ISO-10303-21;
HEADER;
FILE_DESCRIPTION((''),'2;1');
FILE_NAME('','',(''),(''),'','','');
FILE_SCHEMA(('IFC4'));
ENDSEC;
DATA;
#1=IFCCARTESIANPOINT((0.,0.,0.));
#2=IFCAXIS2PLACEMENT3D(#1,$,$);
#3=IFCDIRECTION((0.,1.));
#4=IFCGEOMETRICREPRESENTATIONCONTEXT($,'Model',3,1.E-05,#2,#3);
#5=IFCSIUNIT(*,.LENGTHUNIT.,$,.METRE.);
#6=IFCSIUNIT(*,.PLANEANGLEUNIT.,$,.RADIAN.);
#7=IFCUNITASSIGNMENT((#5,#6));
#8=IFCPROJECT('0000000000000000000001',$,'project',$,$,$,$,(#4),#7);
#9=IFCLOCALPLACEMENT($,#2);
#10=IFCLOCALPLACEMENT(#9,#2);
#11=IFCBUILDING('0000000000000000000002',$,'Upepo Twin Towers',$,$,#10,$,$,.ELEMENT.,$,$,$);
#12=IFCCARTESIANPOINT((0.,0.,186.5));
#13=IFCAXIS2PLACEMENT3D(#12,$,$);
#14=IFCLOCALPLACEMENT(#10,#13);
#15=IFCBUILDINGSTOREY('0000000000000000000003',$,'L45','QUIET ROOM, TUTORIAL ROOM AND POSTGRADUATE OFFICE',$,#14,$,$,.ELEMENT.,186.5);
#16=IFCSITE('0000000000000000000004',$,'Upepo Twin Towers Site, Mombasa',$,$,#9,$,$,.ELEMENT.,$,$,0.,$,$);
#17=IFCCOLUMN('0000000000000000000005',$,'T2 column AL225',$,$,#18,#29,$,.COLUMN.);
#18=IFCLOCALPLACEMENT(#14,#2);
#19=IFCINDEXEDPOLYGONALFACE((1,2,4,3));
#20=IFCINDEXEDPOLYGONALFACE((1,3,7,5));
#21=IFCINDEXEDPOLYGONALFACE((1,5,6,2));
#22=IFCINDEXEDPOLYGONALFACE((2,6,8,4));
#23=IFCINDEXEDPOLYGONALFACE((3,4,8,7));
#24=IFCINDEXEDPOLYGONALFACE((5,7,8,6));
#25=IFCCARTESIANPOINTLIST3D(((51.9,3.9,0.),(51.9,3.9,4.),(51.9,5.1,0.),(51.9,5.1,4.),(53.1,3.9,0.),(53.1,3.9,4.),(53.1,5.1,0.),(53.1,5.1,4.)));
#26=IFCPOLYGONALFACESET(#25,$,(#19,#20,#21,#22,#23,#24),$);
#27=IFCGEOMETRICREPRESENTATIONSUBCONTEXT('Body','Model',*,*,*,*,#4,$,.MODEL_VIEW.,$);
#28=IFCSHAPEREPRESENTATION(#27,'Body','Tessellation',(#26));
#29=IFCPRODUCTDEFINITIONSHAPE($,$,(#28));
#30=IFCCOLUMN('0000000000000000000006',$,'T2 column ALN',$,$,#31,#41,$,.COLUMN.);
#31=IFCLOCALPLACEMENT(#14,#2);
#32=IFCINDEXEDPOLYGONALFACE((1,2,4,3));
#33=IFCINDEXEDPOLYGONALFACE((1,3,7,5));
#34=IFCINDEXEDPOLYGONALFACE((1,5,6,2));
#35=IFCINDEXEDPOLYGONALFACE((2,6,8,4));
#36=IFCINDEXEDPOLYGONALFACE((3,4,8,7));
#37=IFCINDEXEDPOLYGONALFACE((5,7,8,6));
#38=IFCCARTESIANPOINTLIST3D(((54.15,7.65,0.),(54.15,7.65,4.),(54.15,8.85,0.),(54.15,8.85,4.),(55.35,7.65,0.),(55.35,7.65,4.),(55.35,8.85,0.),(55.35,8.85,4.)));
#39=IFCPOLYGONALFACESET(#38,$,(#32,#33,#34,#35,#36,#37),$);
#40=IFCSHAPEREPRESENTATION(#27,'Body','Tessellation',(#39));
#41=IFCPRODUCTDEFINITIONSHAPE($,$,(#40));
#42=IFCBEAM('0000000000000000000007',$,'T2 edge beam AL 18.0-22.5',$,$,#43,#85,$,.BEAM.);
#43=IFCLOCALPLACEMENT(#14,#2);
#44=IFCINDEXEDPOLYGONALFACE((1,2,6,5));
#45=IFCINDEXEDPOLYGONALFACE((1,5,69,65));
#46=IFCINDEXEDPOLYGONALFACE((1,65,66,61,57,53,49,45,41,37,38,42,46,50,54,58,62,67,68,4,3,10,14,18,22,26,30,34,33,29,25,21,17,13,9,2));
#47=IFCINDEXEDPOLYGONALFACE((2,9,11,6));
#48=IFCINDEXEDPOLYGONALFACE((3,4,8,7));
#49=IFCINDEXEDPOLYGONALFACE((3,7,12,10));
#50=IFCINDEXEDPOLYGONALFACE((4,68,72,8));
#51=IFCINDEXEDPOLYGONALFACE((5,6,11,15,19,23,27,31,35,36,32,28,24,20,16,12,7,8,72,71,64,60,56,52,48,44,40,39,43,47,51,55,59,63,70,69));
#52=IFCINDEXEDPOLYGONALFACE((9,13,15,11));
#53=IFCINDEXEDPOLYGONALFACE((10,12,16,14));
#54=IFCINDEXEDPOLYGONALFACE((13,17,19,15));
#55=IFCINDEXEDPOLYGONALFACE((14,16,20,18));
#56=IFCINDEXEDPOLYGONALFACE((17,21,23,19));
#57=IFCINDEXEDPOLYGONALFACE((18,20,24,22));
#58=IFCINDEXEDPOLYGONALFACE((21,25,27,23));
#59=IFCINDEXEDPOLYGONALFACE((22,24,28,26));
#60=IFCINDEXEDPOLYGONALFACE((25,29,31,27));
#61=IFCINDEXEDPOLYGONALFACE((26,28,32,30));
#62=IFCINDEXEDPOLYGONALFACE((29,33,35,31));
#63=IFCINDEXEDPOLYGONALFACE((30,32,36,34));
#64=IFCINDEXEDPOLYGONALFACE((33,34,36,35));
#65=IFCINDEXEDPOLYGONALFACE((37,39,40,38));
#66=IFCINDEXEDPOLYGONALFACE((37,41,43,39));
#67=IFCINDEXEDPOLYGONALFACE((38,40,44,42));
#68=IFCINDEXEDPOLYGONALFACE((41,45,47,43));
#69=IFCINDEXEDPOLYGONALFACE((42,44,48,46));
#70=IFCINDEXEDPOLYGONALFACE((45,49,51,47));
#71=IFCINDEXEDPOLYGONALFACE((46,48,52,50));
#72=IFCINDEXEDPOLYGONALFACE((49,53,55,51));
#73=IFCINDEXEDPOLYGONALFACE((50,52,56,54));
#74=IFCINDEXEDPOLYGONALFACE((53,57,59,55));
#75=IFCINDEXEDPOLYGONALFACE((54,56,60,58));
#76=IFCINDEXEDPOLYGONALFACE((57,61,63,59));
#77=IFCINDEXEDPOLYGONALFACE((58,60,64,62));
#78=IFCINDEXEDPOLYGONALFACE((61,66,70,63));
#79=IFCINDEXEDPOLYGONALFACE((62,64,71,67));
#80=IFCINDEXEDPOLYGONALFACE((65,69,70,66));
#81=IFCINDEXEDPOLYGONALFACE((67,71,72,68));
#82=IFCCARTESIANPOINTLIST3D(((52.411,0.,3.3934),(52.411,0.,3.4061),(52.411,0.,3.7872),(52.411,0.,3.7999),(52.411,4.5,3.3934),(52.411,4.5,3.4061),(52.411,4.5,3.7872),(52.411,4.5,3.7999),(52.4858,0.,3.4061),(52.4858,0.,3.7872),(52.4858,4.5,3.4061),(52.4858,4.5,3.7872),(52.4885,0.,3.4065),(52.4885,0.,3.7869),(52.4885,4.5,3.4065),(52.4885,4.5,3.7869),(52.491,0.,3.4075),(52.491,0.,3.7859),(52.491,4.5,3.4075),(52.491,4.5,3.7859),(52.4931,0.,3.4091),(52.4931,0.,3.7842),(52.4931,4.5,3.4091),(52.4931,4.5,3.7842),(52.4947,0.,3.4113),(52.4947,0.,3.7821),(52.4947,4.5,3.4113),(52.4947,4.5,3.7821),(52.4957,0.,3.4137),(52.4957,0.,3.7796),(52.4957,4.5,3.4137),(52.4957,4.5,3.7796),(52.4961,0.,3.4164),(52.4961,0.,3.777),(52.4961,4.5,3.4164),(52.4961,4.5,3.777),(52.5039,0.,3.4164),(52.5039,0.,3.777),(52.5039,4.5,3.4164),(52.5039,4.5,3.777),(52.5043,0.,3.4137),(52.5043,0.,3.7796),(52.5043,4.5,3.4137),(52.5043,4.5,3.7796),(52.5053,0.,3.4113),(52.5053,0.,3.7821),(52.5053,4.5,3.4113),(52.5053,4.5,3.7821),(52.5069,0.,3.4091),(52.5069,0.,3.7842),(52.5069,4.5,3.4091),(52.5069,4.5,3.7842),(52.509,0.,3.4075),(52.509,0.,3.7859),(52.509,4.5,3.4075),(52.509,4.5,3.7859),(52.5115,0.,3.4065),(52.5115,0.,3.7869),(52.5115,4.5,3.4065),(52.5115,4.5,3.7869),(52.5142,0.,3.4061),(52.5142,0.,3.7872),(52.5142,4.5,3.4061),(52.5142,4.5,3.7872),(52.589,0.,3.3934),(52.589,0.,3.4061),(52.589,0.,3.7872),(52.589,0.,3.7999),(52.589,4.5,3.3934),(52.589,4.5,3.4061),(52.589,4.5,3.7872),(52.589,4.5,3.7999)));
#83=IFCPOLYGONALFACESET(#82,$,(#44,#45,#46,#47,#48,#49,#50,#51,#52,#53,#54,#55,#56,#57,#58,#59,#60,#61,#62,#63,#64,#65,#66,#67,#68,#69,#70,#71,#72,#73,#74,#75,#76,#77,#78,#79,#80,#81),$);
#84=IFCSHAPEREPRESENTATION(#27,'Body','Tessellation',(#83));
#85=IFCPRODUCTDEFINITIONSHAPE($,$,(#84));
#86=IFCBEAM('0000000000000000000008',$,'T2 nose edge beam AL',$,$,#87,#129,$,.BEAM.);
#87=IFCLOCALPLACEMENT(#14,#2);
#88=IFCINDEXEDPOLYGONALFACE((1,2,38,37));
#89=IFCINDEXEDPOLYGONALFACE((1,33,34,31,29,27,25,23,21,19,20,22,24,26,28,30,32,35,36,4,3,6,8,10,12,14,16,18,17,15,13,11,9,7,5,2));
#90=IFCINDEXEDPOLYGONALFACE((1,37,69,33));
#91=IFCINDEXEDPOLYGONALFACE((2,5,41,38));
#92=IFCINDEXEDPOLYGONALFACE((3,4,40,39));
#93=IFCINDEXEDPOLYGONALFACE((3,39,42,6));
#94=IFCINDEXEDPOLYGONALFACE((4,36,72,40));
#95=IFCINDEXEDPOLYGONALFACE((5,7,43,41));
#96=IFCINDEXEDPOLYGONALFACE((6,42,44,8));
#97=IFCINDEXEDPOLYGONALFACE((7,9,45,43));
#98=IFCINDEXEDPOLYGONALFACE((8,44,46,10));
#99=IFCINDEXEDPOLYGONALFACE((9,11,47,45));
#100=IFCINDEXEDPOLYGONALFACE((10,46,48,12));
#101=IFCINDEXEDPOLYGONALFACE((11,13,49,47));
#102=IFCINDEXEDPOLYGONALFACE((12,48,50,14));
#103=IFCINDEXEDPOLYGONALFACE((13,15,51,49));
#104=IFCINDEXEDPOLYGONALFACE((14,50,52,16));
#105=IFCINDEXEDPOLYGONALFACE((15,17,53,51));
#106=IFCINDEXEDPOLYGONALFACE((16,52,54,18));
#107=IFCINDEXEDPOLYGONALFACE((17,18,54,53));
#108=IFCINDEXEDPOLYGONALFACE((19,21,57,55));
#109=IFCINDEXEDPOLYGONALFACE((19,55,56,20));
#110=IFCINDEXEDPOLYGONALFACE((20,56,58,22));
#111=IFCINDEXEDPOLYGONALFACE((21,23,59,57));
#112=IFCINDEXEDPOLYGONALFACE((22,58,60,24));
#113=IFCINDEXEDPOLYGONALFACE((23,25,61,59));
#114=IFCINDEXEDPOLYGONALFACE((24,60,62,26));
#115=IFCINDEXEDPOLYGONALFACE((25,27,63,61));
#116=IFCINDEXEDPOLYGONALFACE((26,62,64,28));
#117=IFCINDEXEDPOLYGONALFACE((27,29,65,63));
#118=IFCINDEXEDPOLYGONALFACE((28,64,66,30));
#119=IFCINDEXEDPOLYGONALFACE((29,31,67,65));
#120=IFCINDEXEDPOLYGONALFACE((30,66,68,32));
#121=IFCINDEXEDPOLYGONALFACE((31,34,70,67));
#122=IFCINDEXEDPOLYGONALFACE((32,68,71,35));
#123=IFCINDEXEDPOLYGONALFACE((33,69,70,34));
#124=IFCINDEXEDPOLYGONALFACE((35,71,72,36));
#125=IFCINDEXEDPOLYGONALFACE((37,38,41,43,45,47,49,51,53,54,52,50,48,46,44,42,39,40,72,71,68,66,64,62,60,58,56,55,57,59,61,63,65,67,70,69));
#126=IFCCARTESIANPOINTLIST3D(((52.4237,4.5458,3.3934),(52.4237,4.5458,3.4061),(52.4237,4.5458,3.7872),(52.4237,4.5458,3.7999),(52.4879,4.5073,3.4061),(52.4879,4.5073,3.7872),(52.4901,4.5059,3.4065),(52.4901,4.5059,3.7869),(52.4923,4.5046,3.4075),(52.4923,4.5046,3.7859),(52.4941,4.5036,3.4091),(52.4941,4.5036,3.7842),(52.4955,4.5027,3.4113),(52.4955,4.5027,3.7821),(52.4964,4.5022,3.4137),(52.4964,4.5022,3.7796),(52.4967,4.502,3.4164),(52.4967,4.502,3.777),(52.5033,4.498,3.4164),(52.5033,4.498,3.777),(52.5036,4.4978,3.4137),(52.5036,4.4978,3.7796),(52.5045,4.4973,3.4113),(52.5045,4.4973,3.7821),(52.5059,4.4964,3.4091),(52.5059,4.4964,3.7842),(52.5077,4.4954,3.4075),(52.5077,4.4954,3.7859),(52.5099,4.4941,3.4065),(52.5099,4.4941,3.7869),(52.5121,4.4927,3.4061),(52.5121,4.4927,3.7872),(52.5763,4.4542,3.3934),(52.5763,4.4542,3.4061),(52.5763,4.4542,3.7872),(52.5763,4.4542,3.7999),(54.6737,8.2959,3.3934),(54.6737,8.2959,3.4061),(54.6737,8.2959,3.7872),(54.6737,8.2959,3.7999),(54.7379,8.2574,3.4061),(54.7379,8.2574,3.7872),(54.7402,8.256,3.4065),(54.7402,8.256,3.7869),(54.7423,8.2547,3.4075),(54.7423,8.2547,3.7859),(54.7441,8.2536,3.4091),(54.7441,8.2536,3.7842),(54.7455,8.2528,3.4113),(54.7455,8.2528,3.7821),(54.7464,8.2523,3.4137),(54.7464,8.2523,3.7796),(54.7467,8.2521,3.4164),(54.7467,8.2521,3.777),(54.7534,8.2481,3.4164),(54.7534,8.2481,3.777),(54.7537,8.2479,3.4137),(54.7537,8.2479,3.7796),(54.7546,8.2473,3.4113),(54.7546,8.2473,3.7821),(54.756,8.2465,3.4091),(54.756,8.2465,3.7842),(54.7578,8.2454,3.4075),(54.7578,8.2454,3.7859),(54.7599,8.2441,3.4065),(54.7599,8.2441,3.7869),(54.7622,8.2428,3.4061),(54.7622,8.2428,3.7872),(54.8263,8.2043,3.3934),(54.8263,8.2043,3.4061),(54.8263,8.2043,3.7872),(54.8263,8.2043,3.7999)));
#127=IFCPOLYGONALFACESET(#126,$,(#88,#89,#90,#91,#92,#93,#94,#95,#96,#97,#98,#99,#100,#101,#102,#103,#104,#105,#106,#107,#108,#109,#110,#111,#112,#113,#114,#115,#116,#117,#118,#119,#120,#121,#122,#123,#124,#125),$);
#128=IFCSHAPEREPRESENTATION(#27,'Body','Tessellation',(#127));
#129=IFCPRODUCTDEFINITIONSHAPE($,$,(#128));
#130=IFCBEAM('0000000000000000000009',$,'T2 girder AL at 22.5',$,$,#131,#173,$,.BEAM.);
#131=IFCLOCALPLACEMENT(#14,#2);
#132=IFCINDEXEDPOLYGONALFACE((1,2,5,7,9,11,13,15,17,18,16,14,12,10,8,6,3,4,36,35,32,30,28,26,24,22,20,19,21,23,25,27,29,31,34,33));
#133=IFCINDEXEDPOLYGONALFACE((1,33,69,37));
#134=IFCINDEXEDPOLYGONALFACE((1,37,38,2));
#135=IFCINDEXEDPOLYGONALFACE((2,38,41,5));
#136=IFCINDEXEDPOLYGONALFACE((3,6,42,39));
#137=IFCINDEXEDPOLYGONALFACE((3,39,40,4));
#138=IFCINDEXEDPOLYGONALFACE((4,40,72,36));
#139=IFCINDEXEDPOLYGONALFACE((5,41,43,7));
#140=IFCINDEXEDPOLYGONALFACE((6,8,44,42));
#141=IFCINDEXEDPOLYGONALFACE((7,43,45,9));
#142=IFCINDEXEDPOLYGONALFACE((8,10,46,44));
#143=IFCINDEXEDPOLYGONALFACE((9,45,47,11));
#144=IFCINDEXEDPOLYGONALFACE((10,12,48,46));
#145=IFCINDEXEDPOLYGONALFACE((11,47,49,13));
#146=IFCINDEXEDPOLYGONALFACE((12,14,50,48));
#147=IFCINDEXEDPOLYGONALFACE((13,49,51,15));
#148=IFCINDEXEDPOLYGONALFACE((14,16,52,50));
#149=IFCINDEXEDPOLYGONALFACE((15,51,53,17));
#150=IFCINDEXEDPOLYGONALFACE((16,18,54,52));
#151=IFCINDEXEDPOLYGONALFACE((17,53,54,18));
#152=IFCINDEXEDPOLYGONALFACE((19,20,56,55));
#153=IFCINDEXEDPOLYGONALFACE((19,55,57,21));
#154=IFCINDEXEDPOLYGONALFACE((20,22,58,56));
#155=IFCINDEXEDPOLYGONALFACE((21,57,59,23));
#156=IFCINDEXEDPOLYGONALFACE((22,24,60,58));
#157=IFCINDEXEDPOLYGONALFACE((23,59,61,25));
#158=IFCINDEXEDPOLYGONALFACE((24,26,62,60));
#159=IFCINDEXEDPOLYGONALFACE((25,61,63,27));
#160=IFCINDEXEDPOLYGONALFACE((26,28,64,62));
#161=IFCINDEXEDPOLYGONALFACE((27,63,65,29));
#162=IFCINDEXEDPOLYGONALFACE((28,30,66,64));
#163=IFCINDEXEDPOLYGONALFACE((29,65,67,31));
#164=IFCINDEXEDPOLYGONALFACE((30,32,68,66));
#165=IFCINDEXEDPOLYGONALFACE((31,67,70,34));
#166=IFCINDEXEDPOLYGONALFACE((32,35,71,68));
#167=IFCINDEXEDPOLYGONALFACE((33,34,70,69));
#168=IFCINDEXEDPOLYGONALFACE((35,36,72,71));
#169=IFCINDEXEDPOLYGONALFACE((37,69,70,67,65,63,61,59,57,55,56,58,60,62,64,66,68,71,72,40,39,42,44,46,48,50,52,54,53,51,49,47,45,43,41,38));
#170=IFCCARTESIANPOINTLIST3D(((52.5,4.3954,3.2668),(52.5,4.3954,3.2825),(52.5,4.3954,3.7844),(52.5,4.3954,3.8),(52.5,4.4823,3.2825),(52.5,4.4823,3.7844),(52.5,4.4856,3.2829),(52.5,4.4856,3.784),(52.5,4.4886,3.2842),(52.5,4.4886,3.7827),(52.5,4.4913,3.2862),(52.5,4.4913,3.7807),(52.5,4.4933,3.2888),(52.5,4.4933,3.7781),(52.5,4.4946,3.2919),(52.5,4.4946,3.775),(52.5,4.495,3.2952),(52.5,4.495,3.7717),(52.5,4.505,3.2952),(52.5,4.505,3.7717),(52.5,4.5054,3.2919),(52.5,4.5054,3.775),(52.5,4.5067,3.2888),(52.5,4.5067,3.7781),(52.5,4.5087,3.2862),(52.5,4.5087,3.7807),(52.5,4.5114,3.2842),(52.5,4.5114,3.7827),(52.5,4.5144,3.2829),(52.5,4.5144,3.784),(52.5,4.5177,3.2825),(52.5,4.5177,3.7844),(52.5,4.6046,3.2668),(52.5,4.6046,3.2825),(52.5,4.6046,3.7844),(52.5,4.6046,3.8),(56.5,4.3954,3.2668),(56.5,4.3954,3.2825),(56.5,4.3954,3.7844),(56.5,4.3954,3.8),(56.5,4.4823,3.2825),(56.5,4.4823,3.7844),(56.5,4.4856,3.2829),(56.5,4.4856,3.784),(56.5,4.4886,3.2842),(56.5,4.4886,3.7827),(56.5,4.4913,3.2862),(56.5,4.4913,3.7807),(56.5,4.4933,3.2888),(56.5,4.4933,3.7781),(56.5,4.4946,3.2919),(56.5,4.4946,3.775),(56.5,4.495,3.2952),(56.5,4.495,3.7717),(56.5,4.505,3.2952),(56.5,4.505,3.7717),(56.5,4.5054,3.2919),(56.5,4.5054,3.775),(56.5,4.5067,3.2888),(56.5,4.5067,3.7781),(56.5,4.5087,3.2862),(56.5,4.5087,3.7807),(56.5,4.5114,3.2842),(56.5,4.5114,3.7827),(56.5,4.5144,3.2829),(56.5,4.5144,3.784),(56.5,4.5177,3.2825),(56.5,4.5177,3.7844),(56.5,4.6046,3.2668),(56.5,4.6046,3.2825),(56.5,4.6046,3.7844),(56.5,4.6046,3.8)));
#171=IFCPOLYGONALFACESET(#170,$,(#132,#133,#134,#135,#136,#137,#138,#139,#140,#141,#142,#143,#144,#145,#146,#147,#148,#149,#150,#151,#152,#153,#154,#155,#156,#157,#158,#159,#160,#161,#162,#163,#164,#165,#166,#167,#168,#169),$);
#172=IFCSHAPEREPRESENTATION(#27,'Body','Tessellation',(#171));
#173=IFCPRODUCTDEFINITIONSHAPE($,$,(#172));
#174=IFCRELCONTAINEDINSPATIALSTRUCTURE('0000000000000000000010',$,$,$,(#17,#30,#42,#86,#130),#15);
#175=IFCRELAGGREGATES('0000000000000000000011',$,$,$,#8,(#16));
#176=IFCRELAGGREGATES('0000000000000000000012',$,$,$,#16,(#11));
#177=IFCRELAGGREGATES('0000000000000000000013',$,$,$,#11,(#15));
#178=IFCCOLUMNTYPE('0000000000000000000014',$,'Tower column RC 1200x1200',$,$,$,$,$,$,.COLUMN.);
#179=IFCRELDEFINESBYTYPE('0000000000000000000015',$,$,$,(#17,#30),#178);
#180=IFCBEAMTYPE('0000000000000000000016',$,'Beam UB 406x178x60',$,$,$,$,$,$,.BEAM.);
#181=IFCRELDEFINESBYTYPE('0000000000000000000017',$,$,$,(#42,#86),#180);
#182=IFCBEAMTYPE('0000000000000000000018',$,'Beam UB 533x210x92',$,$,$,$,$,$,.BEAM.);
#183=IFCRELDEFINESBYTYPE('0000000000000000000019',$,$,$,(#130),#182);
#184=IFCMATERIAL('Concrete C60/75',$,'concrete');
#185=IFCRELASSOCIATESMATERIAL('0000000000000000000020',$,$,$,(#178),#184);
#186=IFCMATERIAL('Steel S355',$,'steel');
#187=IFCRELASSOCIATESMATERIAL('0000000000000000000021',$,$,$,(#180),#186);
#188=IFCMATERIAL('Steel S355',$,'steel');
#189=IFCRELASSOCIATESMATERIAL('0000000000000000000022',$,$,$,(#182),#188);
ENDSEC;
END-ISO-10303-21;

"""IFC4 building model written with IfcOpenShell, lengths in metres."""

from ifc_helpers import new_model, si_unit, direction, frame, origin, origin_2d, place, context, subcontext, project, spatial, rectangle, i_section, extrude, material, material_profile, profile_set, type_object, element, save


model = new_model("IFC4")

# Units and contexts
model_context = context("Model", 3, precision=1e-05, world=origin(), true_north=direction((0.0, 1.0)))
body_context = subcontext(model_context, "Body", "Model", "MODEL_VIEW")
ifc_project = project(units=[si_unit("LENGTHUNIT", "METRE"), si_unit("PLANEANGLEUNIT", "RADIAN")], contexts=[model_context])

# Site, building, storey
site_placement = place(None, origin())
site = spatial("IfcSite", under=ifc_project, at=site_placement, Name="Upepo Twin Towers Site, Mombasa", CompositionType="ELEMENT", RefElevation=0.0)
building_placement = place(site_placement, origin())
building = spatial("IfcBuilding", under=site, at=building_placement, Name="Upepo Twin Towers", CompositionType="ELEMENT")
storey_placement = place(building_placement, frame((0.0, 0.0, 186.5)))
storey = spatial("IfcBuildingStorey", under=building, at=storey_placement, Name="L45", Description="QUIET ROOM, TUTORIAL ROOM AND POSTGRADUATE OFFICE", CompositionType="ELEMENT", Elevation=186.5)

# Columns
ifc_material_1 = material(Name="Concrete C60/75", Category="concrete")
ifc_material_profile_1 = material_profile(ifc_material_1, rectangle(XDim=1.2, YDim=1.2, at=origin_2d()), Name="RC 1200x1200")
ifc_profile_set_1 = profile_set([ifc_material_profile_1], Name="Concrete C60/75")
column_type = type_object("IfcColumnType", Name="Tower column RC 1200x1200", PredefinedType="COLUMN", material=ifc_profile_set_1)
for number, where, z_axis, x_axis, name in (
    (1, (52.5, 4.5, 0.0), (0.0, 0.0, 1.0), (1.0, 0.0, 0.0), "T2 column AL225"),
    (2, (54.75, 8.25, 0.0), (0.0, 0.0, 1.0), (1.0, 0.0, 0.0), "T2 column ALN"),
):
    element("IfcColumn", number, at=place(storey_placement, frame(where, z_axis=z_axis, x_axis=x_axis)), inside=storey, type_object=column_type, Name=name, PredefinedType="COLUMN", context=body_context, shape_type="SweptSolid", body=[
        extrude(rectangle(XDim=1.2, YDim=1.2, at=origin_2d()), origin(), (0.0, 0.0, 1.0), 4.0),
    ])

# Beams
ifc_material_2 = material(Name="Steel S355", Category="steel")
ifc_material_profile_2 = material_profile(ifc_material_2, i_section(OverallWidth=0.178, OverallDepth=0.4065, WebThickness=0.0078, FlangeThickness=0.0127, FilletRadius=0.0103, at=origin_2d()), Name="UB 406x178x60")
ifc_profile_set_2 = profile_set([ifc_material_profile_2], Name="Steel S355")
beam_type_1 = type_object("IfcBeamType", Name="Beam UB 406x178x60", PredefinedType="BEAM", material=ifc_profile_set_2)
beam_1_placement = place(storey_placement, frame((52.5, 0.0, 3.5967), z_axis=(0.0, 1.0, 0.0), x_axis=(-1.0, 0.0, 0.0)))
element("IfcBeam", 3, at=beam_1_placement, inside=storey, type_object=beam_type_1, Name="T2 edge beam AL 18.0-22.5", PredefinedType="BEAM", context=body_context, shape_type="SweptSolid", body=[
    extrude(i_section(OverallWidth=0.178, OverallDepth=0.4065, WebThickness=0.0078, FlangeThickness=0.0127, FilletRadius=0.0103, at=origin_2d()), origin(), (0.0, 0.0, 1.0), 4.5),
])
beam_2_placement = place(storey_placement, frame((52.5, 4.5, 3.5967), z_axis=(0.514496, 0.857493, 0.0), x_axis=(-0.857493, 0.514496, 0.0)))
element("IfcBeam", 4, at=beam_2_placement, inside=storey, type_object=beam_type_1, Name="T2 nose edge beam AL", PredefinedType="BEAM", context=body_context, shape_type="SweptSolid", body=[
    extrude(i_section(OverallWidth=0.178, OverallDepth=0.4065, WebThickness=0.0078, FlangeThickness=0.0127, FilletRadius=0.0103, at=origin_2d()), origin(), (0.0, 0.0, 1.0), 4.3733),
])
ifc_material_3 = material(Name="Steel S355", Category="steel")
ifc_material_profile_3 = material_profile(ifc_material_3, i_section(OverallWidth=0.2092, OverallDepth=0.5332, WebThickness=0.01, FlangeThickness=0.0156, FilletRadius=0.0127, at=origin_2d()), Name="UB 533x210x92")
ifc_profile_set_3 = profile_set([ifc_material_profile_3], Name="Steel S355")
beam_type_2 = type_object("IfcBeamType", Name="Beam UB 533x210x92", PredefinedType="BEAM", material=ifc_profile_set_3)
beam_3_placement = place(storey_placement, frame((52.5, 4.5, 3.5334), z_axis=(1.0, 0.0, 0.0), x_axis=(0.0, 1.0, 0.0)))
element("IfcBeam", 5, at=beam_3_placement, inside=storey, type_object=beam_type_2, Name="T2 girder AL at 22.5", PredefinedType="BEAM", context=body_context, shape_type="SweptSolid", body=[
    extrude(i_section(OverallWidth=0.2092, OverallDepth=0.5332, WebThickness=0.01, FlangeThickness=0.0156, FilletRadius=0.0127, at=origin_2d()), origin(), (0.0, 0.0, 1.0), 4.0),
])

save(model, "model.ifc")
